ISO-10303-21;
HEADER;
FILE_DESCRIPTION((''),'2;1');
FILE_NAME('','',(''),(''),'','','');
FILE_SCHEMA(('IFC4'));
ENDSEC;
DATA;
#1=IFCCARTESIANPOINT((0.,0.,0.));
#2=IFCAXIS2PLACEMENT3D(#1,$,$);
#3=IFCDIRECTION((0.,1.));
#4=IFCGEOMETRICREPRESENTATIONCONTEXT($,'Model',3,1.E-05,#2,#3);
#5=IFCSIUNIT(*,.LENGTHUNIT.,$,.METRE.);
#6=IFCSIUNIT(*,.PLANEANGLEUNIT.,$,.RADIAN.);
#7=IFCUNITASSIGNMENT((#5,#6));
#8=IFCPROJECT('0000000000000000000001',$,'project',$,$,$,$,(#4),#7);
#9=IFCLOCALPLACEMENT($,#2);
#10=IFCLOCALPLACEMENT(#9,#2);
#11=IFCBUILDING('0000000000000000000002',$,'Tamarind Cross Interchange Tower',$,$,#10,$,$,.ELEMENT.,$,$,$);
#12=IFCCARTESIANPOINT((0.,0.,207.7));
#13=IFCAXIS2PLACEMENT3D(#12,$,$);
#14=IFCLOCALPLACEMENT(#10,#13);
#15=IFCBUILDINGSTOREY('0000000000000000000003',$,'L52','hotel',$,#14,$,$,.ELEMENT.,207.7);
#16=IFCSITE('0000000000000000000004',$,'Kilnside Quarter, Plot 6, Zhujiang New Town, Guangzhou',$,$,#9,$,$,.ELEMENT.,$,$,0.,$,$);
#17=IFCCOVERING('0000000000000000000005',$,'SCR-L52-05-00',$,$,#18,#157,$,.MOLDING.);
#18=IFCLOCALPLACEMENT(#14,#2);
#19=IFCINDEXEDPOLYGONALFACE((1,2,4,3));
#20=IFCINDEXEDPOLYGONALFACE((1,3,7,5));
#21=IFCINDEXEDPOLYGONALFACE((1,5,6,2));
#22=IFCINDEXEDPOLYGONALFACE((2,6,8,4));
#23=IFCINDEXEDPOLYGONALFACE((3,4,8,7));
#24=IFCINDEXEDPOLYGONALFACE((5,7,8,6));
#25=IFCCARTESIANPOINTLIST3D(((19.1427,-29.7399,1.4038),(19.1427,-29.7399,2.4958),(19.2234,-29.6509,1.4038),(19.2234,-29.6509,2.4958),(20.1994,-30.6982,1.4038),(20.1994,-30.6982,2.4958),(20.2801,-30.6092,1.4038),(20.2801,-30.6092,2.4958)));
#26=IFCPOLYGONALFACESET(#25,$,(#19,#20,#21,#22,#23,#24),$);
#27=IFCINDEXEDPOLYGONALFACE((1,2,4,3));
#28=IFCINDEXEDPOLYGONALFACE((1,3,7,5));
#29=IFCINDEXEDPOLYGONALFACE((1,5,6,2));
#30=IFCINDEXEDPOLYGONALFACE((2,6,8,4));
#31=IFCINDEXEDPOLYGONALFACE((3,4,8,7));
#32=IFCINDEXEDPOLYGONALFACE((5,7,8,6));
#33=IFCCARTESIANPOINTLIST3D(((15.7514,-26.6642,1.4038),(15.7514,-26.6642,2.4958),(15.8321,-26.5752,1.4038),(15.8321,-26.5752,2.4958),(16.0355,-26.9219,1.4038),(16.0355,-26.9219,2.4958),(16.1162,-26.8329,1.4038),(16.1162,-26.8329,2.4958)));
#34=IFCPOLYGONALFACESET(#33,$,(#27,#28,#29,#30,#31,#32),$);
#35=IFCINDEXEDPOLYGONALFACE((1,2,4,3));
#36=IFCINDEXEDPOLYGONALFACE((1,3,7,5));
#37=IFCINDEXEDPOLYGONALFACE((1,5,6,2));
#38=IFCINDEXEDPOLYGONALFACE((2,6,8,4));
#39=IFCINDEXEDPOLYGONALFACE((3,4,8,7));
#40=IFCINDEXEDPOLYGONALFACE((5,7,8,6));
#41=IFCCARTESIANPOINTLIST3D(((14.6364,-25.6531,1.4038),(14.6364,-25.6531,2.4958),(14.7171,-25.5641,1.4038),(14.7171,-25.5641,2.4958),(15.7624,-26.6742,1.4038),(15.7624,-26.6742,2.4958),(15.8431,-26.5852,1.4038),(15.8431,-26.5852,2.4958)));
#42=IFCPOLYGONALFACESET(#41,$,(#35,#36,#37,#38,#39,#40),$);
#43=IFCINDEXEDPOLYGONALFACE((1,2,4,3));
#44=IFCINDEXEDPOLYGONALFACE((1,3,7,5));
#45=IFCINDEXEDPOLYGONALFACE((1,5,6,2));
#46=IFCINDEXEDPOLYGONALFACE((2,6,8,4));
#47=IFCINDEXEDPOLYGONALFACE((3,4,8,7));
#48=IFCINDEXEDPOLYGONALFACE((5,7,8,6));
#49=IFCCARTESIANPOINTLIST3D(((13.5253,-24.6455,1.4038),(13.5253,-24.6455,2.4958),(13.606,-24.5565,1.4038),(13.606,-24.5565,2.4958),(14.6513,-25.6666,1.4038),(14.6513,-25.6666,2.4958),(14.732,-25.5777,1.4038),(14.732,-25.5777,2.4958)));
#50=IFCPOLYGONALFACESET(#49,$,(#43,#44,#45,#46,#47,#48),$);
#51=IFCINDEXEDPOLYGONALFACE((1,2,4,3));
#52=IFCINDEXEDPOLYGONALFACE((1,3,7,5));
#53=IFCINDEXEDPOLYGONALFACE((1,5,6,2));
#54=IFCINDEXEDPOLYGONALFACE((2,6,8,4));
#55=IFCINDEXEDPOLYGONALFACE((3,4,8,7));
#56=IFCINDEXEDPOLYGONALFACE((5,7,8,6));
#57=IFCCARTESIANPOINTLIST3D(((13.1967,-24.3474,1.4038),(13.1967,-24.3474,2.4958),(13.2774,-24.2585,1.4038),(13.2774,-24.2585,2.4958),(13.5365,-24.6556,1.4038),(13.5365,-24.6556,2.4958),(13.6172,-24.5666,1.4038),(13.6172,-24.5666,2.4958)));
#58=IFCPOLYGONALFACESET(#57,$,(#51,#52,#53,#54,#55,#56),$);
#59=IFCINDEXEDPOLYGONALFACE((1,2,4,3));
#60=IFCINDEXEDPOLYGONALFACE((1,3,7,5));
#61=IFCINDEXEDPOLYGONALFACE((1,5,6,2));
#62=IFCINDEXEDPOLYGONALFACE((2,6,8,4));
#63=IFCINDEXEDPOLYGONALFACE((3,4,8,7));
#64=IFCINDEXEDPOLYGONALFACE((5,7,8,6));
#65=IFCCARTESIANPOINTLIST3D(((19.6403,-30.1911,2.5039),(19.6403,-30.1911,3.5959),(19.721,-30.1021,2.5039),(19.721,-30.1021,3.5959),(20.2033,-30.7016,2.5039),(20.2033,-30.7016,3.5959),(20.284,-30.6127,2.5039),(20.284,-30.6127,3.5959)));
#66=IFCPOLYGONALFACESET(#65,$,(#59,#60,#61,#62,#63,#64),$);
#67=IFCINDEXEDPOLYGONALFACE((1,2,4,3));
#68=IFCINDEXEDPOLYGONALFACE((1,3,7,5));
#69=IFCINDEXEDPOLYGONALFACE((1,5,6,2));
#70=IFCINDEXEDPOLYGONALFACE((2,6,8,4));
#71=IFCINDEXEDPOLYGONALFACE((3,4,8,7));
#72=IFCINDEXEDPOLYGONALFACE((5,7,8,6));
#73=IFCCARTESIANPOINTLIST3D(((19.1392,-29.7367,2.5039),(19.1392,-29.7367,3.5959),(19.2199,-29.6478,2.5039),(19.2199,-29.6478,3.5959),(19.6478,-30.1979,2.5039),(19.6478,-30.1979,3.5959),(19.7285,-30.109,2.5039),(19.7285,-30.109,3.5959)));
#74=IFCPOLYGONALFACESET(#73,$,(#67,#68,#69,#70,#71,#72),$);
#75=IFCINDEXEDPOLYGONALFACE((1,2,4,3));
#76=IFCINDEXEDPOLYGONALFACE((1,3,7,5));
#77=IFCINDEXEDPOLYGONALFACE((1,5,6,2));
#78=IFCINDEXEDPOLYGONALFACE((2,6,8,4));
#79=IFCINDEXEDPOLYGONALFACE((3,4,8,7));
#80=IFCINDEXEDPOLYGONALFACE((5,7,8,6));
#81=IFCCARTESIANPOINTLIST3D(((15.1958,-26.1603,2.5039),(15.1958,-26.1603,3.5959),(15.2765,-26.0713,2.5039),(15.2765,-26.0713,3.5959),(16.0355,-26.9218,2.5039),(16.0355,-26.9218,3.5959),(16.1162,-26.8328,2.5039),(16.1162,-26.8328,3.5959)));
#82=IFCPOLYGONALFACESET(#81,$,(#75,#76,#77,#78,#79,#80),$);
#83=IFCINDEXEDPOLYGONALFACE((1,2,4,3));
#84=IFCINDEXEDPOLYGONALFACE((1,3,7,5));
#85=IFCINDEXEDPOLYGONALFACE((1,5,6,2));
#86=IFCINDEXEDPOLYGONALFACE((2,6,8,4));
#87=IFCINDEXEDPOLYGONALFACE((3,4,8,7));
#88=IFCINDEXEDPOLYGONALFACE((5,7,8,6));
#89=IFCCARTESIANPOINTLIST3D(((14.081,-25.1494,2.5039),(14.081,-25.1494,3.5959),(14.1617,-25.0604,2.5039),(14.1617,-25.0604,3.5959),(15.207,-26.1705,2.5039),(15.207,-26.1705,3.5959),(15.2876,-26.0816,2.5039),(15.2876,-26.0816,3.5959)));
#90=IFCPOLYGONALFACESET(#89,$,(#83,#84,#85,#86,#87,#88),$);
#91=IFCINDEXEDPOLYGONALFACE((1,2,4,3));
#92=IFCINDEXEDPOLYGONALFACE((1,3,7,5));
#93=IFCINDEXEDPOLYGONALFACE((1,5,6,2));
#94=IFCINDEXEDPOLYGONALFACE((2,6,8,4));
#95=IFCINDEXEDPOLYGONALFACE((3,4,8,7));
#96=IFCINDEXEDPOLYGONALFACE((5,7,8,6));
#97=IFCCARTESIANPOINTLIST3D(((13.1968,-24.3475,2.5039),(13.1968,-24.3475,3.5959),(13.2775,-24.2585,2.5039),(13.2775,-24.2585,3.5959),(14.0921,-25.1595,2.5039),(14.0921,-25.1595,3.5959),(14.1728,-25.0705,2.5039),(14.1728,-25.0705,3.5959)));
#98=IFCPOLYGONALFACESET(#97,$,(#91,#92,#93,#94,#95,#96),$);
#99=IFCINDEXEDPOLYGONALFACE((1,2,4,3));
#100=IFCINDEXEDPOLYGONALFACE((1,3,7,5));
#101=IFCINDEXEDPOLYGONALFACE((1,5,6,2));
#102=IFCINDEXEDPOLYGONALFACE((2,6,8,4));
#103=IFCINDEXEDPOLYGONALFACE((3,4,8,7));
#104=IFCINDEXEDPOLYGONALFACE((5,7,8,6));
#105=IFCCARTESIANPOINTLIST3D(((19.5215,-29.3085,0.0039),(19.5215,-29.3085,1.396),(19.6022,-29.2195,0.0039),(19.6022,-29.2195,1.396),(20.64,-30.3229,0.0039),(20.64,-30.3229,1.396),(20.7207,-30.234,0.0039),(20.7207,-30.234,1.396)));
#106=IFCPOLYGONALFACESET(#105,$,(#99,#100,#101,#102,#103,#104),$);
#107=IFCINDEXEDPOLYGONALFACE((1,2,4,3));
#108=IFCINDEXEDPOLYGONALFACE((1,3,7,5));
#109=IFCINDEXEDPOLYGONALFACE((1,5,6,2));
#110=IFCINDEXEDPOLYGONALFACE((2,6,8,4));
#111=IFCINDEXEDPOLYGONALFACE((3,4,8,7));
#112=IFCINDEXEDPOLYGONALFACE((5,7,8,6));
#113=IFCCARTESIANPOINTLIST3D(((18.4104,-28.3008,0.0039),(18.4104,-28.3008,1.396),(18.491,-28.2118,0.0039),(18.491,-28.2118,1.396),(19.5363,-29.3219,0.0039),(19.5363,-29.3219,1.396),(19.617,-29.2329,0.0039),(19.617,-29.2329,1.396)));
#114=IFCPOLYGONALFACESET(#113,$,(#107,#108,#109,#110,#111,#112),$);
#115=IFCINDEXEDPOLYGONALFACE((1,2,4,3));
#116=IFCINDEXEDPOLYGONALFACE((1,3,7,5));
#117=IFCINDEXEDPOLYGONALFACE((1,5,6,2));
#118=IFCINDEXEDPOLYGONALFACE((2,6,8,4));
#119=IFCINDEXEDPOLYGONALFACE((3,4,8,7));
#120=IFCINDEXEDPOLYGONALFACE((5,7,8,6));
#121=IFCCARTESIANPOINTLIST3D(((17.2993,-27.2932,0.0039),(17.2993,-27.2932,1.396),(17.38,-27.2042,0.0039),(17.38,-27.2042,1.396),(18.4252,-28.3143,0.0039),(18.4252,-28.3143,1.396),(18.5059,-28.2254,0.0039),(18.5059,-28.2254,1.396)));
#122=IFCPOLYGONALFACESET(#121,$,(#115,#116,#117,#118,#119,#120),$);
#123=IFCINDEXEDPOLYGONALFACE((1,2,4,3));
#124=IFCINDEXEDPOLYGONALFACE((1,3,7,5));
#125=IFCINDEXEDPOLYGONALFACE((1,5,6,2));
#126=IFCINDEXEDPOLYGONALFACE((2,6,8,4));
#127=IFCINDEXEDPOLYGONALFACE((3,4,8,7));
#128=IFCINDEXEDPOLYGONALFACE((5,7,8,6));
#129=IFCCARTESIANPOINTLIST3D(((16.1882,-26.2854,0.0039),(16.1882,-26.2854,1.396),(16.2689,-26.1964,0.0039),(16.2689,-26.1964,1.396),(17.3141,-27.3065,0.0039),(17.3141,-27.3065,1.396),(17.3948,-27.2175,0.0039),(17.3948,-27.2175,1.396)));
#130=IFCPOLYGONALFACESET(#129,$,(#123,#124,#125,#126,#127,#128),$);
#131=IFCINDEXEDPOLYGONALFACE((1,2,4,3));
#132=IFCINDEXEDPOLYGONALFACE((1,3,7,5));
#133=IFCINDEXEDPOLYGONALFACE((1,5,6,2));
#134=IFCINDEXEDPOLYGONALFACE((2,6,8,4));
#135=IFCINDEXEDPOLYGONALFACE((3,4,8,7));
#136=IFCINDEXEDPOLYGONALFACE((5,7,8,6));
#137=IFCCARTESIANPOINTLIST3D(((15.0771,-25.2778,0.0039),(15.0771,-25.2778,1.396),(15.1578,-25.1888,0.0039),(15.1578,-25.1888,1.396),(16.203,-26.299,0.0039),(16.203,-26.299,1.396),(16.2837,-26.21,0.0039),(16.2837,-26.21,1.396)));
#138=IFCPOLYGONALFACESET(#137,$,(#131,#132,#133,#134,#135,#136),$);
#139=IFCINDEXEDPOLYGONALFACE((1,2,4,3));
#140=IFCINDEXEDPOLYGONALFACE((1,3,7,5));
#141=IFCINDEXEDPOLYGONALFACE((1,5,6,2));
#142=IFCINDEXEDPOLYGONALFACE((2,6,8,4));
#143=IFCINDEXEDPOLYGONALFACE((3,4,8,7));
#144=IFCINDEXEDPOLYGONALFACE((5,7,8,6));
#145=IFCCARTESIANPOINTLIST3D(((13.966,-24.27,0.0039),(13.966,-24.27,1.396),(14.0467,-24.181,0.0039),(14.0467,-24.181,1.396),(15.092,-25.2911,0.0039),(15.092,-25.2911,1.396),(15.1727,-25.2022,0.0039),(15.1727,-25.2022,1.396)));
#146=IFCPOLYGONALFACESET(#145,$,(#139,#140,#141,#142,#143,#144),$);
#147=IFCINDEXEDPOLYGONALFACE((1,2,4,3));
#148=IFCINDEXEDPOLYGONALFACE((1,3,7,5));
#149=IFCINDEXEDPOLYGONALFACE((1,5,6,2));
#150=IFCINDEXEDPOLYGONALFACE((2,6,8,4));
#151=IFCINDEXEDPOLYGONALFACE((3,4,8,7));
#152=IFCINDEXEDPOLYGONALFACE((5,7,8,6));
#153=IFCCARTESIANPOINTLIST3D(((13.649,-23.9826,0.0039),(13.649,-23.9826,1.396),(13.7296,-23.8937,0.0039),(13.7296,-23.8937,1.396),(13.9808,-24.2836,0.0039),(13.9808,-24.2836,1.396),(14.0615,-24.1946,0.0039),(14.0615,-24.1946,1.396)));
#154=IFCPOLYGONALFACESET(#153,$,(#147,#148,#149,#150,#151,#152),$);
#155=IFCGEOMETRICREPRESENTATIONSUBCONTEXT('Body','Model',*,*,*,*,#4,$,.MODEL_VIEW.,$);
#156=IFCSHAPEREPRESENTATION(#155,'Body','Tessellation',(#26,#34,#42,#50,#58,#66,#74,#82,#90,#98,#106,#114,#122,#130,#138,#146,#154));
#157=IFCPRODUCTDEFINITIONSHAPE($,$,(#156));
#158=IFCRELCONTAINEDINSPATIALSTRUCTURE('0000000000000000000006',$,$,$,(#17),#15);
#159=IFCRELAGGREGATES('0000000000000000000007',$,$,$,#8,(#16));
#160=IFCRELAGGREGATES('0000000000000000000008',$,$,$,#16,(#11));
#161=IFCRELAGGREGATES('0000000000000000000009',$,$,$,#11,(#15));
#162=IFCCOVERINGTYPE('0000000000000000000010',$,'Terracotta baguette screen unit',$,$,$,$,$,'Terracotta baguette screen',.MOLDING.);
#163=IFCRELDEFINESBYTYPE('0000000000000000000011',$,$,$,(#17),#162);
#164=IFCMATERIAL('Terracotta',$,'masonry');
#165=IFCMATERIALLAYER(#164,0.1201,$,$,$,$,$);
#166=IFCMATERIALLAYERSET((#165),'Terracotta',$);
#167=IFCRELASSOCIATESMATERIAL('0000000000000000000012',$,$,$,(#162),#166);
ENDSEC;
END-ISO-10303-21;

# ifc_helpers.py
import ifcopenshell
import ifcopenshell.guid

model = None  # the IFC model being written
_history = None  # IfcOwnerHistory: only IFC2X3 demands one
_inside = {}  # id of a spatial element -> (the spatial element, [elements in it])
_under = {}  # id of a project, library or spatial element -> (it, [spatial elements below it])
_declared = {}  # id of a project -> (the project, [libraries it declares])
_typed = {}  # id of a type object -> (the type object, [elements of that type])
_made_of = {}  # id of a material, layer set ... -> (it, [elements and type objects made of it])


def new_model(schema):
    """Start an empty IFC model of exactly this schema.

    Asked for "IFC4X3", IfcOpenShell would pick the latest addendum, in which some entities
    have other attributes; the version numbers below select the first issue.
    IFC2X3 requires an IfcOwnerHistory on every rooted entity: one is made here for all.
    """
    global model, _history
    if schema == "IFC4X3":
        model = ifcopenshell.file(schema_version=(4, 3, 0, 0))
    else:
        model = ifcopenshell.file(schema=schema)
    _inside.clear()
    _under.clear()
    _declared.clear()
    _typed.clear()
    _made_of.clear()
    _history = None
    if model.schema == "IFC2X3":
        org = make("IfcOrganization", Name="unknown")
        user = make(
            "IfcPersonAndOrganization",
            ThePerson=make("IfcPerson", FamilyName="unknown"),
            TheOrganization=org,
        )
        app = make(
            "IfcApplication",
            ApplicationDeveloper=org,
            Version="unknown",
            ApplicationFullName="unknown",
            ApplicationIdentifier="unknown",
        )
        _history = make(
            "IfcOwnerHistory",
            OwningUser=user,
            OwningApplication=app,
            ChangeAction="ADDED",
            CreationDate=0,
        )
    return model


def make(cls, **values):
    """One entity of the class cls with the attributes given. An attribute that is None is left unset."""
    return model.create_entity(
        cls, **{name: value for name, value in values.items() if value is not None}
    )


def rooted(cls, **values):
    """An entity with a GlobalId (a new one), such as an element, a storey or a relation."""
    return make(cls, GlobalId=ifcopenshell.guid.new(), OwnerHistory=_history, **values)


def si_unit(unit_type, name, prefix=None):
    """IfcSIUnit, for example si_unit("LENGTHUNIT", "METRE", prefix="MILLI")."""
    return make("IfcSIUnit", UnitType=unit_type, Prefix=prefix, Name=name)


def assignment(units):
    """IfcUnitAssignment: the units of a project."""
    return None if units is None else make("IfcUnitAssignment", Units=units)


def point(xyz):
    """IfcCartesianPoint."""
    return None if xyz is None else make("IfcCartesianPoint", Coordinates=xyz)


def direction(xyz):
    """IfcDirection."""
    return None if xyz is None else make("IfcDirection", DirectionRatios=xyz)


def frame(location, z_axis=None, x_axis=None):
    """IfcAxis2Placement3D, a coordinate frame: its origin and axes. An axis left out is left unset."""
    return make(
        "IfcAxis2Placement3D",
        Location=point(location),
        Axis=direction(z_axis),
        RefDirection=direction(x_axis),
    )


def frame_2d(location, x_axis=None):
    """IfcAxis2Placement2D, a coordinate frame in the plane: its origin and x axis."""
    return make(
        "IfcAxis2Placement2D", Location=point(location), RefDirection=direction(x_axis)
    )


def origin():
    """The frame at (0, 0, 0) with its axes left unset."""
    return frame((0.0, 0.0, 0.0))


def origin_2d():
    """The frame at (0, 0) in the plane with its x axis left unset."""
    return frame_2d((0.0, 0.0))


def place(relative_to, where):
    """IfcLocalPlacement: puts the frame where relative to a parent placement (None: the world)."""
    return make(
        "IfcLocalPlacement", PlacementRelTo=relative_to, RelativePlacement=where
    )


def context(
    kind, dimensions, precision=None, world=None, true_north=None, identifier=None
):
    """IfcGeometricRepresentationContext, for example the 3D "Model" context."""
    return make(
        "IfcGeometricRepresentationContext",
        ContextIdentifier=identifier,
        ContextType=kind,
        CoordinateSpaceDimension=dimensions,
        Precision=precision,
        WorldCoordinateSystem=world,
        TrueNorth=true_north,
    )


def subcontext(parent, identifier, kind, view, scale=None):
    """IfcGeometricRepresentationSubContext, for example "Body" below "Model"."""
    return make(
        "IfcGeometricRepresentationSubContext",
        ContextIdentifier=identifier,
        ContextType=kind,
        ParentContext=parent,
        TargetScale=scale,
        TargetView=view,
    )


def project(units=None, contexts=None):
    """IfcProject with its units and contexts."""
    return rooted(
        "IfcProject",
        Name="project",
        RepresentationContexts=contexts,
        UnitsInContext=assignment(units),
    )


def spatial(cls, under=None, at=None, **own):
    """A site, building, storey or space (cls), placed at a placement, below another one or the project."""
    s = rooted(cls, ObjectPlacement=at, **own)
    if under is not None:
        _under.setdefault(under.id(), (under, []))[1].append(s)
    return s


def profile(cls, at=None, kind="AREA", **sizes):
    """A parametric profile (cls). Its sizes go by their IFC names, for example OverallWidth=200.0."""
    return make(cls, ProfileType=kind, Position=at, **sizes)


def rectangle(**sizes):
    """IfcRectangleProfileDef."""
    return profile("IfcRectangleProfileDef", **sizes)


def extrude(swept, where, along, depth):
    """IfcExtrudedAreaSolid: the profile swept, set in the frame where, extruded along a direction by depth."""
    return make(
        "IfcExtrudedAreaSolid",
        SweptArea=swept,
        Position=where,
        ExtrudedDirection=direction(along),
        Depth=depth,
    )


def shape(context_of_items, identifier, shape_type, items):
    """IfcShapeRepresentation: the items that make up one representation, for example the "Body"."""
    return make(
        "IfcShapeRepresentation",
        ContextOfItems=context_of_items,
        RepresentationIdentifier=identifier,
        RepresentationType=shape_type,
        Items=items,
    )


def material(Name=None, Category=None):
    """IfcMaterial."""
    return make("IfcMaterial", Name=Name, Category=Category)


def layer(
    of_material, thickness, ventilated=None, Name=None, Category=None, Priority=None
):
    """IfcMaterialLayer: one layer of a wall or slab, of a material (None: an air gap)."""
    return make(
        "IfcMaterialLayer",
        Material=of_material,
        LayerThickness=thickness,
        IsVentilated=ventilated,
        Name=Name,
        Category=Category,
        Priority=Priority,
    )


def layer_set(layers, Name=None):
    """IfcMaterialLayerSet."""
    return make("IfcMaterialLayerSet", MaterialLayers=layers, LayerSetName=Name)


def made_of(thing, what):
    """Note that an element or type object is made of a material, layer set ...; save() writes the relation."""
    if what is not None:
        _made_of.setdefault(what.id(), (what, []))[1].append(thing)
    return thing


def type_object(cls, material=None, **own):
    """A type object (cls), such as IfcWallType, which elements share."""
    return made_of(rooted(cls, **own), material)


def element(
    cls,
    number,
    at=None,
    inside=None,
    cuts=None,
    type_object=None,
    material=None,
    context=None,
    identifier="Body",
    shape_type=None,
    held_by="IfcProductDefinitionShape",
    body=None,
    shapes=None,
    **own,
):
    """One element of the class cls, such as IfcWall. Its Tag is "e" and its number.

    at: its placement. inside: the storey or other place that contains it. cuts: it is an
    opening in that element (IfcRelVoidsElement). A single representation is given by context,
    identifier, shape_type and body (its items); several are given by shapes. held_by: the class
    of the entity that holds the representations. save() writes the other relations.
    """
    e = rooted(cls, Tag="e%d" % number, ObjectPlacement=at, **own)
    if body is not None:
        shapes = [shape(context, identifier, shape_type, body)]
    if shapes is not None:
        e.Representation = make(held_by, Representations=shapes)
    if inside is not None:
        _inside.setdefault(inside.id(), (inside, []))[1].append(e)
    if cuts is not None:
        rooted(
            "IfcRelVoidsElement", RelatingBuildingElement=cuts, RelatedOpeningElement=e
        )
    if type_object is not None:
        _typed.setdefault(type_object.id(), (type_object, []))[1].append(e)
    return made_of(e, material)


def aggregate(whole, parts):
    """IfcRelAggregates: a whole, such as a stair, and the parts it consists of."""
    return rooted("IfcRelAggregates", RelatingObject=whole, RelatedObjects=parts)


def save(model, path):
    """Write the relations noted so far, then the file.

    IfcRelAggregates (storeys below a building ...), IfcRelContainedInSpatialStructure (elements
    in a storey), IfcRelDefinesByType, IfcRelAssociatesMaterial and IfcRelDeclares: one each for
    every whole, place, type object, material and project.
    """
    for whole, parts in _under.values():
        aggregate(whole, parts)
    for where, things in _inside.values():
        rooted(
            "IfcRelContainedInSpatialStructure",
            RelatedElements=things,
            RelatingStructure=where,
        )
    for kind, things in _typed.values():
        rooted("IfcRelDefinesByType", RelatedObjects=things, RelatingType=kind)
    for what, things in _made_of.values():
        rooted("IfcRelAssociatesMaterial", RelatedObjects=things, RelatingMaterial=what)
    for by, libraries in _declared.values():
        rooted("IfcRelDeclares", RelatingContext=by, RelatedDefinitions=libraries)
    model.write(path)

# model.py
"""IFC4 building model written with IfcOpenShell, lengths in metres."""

from ifc_helpers import new_model, si_unit, direction, frame, origin, origin_2d, place, context, subcontext, project, spatial, rectangle, extrude, material, layer, layer_set, type_object, element, save


model = new_model("IFC4")

# Units and contexts
model_context = context("Model", 3, precision=1e-05, world=origin(), true_north=direction((0.0, 1.0)))
body_context = subcontext(model_context, "Body", "Model", "MODEL_VIEW")
ifc_project = project(units=[si_unit("LENGTHUNIT", "METRE"), si_unit("PLANEANGLEUNIT", "RADIAN")], contexts=[model_context])

# Site, building, storey
site_placement = place(None, origin())
site = spatial("IfcSite", under=ifc_project, at=site_placement, Name="Kilnside Quarter, Plot 6, Zhujiang New Town, Guangzhou", CompositionType="ELEMENT", RefElevation=0.0)
building_placement = place(site_placement, origin())
building = spatial("IfcBuilding", under=site, at=building_placement, Name="Tamarind Cross Interchange Tower", CompositionType="ELEMENT")
storey_placement = place(building_placement, frame((0.0, 0.0, 207.7)))
storey = spatial("IfcBuildingStorey", under=building, at=storey_placement, Name="L52", Description="hotel", CompositionType="ELEMENT", Elevation=207.7)

# Covering
ifc_material_1 = material(Name="Terracotta", Category="masonry")
ifc_layer_1 = layer(ifc_material_1, 0.1201)
ifc_layer_set_1 = layer_set([ifc_layer_1], Name="Terracotta")
covering_type = type_object("IfcCoveringType", Name="Terracotta baguette screen unit", ElementType="Terracotta baguette screen", PredefinedType="MOLDING", material=ifc_layer_set_1)
covering_1_placement = place(storey_placement, origin())
element("IfcCovering", 1, at=covering_1_placement, inside=storey, type_object=covering_type, Name="SCR-L52-05-00", PredefinedType="MOLDING", context=body_context, shape_type="SweptSolid", body=[
    extrude(rectangle(XDim=1.4265, YDim=0.1201, at=origin_2d()), frame((19.7114, -30.1746, 1.4038), z_axis=(0.0, 0.0, 1.0), x_axis=(-0.740741, 0.67179, 0.0)), (0.0, 0.0, 1.0), 1.092),
    extrude(rectangle(XDim=0.3835, YDim=0.1201, at=origin_2d()), frame((15.9338, -26.7485, 1.4038), z_axis=(0.0, 0.0, 1.0), x_axis=(-0.740741, 0.67179, 0.0)), (0.0, 0.0, 1.0), 1.092),
    extrude(rectangle(XDim=1.52, YDim=0.1201, at=origin_2d()), frame((15.2397, -26.1191, 1.4038), z_axis=(0.0, 0.0, 1.0), x_axis=(-0.740741, 0.67179, 0.0)), (0.0, 0.0, 1.0), 1.092),
    extrude(rectangle(XDim=1.52, YDim=0.1201, at=origin_2d()), frame((14.1287, -25.1116, 1.4038), z_axis=(0.0, 0.0, 1.0), x_axis=(-0.740741, 0.67179, 0.0)), (0.0, 0.0, 1.0), 1.092),
    extrude(rectangle(XDim=0.4587, YDim=0.1201, at=origin_2d()), frame((13.407, -24.457, 1.4038), z_axis=(0.0, 0.0, 1.0), x_axis=(-0.740741, 0.67179, 0.0)), (0.0, 0.0, 1.0), 1.092),
    extrude(rectangle(XDim=0.76, YDim=0.1201, at=origin_2d()), frame((19.9622, -30.4019, 2.5039), z_axis=(0.0, 0.0, 1.0), x_axis=(-0.740741, 0.67179, 0.0)), (0.0, 0.0, 1.0), 1.092),
    extrude(rectangle(XDim=0.6865, YDim=0.1201, at=origin_2d()), frame((19.4338, -29.9229, 2.5039), z_axis=(0.0, 0.0, 1.0), x_axis=(-0.740741, 0.67179, 0.0)), (0.0, 0.0, 1.0), 1.092),
    extrude(rectangle(XDim=1.1335, YDim=0.1201, at=origin_2d()), frame((15.656, -26.4966, 2.5039), z_axis=(0.0, 0.0, 1.0), x_axis=(-0.740741, 0.67179, 0.0)), (0.0, 0.0, 1.0), 1.092),
    extrude(rectangle(XDim=1.52, YDim=0.1201, at=origin_2d()), frame((14.6843, -25.6155, 2.5039), z_axis=(0.0, 0.0, 1.0), x_axis=(-0.740741, 0.67179, 0.0)), (0.0, 0.0, 1.0), 1.092),
    extrude(rectangle(XDim=1.2087, YDim=0.1201, at=origin_2d()), frame((13.6848, -24.709, 2.5039), z_axis=(0.0, 0.0, 1.0), x_axis=(-0.740741, 0.67179, 0.0)), (0.0, 0.0, 1.0), 1.092),
    extrude(rectangle(XDim=1.51, YDim=0.1201, at=origin_2d()), frame((20.1211, -29.7712, 0.0039), z_axis=(0.0, 0.0, 1.0), x_axis=(-0.740741, 0.67179, 0.0)), (0.0, 0.0, 1.0), 1.3921),
    extrude(rectangle(XDim=1.52, YDim=0.1201, at=origin_2d()), frame((19.0137, -28.7668, 0.0039), z_axis=(0.0, 0.0, 1.0), x_axis=(-0.740741, 0.67179, 0.0)), (0.0, 0.0, 1.0), 1.3921),
    extrude(rectangle(XDim=1.52, YDim=0.1201, at=origin_2d()), frame((17.9026, -27.7593, 0.0039), z_axis=(0.0, 0.0, 1.0), x_axis=(-0.740741, 0.67179, 0.0)), (0.0, 0.0, 1.0), 1.3921),
    extrude(rectangle(XDim=1.52, YDim=0.1201, at=origin_2d()), frame((16.7915, -26.7515, 0.0039), z_axis=(0.0, 0.0, 1.0), x_axis=(-0.740741, 0.67179, 0.0)), (0.0, 0.0, 1.0), 1.3921),
    extrude(rectangle(XDim=1.52, YDim=0.1201, at=origin_2d()), frame((15.6804, -25.7439, 0.0039), z_axis=(0.0, 0.0, 1.0), x_axis=(-0.740741, 0.67179, 0.0)), (0.0, 0.0, 1.0), 1.3921),
    extrude(rectangle(XDim=1.52, YDim=0.1201, at=origin_2d()), frame((14.5693, -24.7361, 0.0039), z_axis=(0.0, 0.0, 1.0), x_axis=(-0.740741, 0.67179, 0.0)), (0.0, 0.0, 1.0), 1.3921),
    extrude(rectangle(XDim=0.448, YDim=0.1201, at=origin_2d()), frame((13.8552, -24.0886, 0.0039), z_axis=(0.0, 0.0, 1.0), x_axis=(-0.740741, 0.67179, 0.0)), (0.0, 0.0, 1.0), 1.3921),
])

save(model, "model.ifc")
